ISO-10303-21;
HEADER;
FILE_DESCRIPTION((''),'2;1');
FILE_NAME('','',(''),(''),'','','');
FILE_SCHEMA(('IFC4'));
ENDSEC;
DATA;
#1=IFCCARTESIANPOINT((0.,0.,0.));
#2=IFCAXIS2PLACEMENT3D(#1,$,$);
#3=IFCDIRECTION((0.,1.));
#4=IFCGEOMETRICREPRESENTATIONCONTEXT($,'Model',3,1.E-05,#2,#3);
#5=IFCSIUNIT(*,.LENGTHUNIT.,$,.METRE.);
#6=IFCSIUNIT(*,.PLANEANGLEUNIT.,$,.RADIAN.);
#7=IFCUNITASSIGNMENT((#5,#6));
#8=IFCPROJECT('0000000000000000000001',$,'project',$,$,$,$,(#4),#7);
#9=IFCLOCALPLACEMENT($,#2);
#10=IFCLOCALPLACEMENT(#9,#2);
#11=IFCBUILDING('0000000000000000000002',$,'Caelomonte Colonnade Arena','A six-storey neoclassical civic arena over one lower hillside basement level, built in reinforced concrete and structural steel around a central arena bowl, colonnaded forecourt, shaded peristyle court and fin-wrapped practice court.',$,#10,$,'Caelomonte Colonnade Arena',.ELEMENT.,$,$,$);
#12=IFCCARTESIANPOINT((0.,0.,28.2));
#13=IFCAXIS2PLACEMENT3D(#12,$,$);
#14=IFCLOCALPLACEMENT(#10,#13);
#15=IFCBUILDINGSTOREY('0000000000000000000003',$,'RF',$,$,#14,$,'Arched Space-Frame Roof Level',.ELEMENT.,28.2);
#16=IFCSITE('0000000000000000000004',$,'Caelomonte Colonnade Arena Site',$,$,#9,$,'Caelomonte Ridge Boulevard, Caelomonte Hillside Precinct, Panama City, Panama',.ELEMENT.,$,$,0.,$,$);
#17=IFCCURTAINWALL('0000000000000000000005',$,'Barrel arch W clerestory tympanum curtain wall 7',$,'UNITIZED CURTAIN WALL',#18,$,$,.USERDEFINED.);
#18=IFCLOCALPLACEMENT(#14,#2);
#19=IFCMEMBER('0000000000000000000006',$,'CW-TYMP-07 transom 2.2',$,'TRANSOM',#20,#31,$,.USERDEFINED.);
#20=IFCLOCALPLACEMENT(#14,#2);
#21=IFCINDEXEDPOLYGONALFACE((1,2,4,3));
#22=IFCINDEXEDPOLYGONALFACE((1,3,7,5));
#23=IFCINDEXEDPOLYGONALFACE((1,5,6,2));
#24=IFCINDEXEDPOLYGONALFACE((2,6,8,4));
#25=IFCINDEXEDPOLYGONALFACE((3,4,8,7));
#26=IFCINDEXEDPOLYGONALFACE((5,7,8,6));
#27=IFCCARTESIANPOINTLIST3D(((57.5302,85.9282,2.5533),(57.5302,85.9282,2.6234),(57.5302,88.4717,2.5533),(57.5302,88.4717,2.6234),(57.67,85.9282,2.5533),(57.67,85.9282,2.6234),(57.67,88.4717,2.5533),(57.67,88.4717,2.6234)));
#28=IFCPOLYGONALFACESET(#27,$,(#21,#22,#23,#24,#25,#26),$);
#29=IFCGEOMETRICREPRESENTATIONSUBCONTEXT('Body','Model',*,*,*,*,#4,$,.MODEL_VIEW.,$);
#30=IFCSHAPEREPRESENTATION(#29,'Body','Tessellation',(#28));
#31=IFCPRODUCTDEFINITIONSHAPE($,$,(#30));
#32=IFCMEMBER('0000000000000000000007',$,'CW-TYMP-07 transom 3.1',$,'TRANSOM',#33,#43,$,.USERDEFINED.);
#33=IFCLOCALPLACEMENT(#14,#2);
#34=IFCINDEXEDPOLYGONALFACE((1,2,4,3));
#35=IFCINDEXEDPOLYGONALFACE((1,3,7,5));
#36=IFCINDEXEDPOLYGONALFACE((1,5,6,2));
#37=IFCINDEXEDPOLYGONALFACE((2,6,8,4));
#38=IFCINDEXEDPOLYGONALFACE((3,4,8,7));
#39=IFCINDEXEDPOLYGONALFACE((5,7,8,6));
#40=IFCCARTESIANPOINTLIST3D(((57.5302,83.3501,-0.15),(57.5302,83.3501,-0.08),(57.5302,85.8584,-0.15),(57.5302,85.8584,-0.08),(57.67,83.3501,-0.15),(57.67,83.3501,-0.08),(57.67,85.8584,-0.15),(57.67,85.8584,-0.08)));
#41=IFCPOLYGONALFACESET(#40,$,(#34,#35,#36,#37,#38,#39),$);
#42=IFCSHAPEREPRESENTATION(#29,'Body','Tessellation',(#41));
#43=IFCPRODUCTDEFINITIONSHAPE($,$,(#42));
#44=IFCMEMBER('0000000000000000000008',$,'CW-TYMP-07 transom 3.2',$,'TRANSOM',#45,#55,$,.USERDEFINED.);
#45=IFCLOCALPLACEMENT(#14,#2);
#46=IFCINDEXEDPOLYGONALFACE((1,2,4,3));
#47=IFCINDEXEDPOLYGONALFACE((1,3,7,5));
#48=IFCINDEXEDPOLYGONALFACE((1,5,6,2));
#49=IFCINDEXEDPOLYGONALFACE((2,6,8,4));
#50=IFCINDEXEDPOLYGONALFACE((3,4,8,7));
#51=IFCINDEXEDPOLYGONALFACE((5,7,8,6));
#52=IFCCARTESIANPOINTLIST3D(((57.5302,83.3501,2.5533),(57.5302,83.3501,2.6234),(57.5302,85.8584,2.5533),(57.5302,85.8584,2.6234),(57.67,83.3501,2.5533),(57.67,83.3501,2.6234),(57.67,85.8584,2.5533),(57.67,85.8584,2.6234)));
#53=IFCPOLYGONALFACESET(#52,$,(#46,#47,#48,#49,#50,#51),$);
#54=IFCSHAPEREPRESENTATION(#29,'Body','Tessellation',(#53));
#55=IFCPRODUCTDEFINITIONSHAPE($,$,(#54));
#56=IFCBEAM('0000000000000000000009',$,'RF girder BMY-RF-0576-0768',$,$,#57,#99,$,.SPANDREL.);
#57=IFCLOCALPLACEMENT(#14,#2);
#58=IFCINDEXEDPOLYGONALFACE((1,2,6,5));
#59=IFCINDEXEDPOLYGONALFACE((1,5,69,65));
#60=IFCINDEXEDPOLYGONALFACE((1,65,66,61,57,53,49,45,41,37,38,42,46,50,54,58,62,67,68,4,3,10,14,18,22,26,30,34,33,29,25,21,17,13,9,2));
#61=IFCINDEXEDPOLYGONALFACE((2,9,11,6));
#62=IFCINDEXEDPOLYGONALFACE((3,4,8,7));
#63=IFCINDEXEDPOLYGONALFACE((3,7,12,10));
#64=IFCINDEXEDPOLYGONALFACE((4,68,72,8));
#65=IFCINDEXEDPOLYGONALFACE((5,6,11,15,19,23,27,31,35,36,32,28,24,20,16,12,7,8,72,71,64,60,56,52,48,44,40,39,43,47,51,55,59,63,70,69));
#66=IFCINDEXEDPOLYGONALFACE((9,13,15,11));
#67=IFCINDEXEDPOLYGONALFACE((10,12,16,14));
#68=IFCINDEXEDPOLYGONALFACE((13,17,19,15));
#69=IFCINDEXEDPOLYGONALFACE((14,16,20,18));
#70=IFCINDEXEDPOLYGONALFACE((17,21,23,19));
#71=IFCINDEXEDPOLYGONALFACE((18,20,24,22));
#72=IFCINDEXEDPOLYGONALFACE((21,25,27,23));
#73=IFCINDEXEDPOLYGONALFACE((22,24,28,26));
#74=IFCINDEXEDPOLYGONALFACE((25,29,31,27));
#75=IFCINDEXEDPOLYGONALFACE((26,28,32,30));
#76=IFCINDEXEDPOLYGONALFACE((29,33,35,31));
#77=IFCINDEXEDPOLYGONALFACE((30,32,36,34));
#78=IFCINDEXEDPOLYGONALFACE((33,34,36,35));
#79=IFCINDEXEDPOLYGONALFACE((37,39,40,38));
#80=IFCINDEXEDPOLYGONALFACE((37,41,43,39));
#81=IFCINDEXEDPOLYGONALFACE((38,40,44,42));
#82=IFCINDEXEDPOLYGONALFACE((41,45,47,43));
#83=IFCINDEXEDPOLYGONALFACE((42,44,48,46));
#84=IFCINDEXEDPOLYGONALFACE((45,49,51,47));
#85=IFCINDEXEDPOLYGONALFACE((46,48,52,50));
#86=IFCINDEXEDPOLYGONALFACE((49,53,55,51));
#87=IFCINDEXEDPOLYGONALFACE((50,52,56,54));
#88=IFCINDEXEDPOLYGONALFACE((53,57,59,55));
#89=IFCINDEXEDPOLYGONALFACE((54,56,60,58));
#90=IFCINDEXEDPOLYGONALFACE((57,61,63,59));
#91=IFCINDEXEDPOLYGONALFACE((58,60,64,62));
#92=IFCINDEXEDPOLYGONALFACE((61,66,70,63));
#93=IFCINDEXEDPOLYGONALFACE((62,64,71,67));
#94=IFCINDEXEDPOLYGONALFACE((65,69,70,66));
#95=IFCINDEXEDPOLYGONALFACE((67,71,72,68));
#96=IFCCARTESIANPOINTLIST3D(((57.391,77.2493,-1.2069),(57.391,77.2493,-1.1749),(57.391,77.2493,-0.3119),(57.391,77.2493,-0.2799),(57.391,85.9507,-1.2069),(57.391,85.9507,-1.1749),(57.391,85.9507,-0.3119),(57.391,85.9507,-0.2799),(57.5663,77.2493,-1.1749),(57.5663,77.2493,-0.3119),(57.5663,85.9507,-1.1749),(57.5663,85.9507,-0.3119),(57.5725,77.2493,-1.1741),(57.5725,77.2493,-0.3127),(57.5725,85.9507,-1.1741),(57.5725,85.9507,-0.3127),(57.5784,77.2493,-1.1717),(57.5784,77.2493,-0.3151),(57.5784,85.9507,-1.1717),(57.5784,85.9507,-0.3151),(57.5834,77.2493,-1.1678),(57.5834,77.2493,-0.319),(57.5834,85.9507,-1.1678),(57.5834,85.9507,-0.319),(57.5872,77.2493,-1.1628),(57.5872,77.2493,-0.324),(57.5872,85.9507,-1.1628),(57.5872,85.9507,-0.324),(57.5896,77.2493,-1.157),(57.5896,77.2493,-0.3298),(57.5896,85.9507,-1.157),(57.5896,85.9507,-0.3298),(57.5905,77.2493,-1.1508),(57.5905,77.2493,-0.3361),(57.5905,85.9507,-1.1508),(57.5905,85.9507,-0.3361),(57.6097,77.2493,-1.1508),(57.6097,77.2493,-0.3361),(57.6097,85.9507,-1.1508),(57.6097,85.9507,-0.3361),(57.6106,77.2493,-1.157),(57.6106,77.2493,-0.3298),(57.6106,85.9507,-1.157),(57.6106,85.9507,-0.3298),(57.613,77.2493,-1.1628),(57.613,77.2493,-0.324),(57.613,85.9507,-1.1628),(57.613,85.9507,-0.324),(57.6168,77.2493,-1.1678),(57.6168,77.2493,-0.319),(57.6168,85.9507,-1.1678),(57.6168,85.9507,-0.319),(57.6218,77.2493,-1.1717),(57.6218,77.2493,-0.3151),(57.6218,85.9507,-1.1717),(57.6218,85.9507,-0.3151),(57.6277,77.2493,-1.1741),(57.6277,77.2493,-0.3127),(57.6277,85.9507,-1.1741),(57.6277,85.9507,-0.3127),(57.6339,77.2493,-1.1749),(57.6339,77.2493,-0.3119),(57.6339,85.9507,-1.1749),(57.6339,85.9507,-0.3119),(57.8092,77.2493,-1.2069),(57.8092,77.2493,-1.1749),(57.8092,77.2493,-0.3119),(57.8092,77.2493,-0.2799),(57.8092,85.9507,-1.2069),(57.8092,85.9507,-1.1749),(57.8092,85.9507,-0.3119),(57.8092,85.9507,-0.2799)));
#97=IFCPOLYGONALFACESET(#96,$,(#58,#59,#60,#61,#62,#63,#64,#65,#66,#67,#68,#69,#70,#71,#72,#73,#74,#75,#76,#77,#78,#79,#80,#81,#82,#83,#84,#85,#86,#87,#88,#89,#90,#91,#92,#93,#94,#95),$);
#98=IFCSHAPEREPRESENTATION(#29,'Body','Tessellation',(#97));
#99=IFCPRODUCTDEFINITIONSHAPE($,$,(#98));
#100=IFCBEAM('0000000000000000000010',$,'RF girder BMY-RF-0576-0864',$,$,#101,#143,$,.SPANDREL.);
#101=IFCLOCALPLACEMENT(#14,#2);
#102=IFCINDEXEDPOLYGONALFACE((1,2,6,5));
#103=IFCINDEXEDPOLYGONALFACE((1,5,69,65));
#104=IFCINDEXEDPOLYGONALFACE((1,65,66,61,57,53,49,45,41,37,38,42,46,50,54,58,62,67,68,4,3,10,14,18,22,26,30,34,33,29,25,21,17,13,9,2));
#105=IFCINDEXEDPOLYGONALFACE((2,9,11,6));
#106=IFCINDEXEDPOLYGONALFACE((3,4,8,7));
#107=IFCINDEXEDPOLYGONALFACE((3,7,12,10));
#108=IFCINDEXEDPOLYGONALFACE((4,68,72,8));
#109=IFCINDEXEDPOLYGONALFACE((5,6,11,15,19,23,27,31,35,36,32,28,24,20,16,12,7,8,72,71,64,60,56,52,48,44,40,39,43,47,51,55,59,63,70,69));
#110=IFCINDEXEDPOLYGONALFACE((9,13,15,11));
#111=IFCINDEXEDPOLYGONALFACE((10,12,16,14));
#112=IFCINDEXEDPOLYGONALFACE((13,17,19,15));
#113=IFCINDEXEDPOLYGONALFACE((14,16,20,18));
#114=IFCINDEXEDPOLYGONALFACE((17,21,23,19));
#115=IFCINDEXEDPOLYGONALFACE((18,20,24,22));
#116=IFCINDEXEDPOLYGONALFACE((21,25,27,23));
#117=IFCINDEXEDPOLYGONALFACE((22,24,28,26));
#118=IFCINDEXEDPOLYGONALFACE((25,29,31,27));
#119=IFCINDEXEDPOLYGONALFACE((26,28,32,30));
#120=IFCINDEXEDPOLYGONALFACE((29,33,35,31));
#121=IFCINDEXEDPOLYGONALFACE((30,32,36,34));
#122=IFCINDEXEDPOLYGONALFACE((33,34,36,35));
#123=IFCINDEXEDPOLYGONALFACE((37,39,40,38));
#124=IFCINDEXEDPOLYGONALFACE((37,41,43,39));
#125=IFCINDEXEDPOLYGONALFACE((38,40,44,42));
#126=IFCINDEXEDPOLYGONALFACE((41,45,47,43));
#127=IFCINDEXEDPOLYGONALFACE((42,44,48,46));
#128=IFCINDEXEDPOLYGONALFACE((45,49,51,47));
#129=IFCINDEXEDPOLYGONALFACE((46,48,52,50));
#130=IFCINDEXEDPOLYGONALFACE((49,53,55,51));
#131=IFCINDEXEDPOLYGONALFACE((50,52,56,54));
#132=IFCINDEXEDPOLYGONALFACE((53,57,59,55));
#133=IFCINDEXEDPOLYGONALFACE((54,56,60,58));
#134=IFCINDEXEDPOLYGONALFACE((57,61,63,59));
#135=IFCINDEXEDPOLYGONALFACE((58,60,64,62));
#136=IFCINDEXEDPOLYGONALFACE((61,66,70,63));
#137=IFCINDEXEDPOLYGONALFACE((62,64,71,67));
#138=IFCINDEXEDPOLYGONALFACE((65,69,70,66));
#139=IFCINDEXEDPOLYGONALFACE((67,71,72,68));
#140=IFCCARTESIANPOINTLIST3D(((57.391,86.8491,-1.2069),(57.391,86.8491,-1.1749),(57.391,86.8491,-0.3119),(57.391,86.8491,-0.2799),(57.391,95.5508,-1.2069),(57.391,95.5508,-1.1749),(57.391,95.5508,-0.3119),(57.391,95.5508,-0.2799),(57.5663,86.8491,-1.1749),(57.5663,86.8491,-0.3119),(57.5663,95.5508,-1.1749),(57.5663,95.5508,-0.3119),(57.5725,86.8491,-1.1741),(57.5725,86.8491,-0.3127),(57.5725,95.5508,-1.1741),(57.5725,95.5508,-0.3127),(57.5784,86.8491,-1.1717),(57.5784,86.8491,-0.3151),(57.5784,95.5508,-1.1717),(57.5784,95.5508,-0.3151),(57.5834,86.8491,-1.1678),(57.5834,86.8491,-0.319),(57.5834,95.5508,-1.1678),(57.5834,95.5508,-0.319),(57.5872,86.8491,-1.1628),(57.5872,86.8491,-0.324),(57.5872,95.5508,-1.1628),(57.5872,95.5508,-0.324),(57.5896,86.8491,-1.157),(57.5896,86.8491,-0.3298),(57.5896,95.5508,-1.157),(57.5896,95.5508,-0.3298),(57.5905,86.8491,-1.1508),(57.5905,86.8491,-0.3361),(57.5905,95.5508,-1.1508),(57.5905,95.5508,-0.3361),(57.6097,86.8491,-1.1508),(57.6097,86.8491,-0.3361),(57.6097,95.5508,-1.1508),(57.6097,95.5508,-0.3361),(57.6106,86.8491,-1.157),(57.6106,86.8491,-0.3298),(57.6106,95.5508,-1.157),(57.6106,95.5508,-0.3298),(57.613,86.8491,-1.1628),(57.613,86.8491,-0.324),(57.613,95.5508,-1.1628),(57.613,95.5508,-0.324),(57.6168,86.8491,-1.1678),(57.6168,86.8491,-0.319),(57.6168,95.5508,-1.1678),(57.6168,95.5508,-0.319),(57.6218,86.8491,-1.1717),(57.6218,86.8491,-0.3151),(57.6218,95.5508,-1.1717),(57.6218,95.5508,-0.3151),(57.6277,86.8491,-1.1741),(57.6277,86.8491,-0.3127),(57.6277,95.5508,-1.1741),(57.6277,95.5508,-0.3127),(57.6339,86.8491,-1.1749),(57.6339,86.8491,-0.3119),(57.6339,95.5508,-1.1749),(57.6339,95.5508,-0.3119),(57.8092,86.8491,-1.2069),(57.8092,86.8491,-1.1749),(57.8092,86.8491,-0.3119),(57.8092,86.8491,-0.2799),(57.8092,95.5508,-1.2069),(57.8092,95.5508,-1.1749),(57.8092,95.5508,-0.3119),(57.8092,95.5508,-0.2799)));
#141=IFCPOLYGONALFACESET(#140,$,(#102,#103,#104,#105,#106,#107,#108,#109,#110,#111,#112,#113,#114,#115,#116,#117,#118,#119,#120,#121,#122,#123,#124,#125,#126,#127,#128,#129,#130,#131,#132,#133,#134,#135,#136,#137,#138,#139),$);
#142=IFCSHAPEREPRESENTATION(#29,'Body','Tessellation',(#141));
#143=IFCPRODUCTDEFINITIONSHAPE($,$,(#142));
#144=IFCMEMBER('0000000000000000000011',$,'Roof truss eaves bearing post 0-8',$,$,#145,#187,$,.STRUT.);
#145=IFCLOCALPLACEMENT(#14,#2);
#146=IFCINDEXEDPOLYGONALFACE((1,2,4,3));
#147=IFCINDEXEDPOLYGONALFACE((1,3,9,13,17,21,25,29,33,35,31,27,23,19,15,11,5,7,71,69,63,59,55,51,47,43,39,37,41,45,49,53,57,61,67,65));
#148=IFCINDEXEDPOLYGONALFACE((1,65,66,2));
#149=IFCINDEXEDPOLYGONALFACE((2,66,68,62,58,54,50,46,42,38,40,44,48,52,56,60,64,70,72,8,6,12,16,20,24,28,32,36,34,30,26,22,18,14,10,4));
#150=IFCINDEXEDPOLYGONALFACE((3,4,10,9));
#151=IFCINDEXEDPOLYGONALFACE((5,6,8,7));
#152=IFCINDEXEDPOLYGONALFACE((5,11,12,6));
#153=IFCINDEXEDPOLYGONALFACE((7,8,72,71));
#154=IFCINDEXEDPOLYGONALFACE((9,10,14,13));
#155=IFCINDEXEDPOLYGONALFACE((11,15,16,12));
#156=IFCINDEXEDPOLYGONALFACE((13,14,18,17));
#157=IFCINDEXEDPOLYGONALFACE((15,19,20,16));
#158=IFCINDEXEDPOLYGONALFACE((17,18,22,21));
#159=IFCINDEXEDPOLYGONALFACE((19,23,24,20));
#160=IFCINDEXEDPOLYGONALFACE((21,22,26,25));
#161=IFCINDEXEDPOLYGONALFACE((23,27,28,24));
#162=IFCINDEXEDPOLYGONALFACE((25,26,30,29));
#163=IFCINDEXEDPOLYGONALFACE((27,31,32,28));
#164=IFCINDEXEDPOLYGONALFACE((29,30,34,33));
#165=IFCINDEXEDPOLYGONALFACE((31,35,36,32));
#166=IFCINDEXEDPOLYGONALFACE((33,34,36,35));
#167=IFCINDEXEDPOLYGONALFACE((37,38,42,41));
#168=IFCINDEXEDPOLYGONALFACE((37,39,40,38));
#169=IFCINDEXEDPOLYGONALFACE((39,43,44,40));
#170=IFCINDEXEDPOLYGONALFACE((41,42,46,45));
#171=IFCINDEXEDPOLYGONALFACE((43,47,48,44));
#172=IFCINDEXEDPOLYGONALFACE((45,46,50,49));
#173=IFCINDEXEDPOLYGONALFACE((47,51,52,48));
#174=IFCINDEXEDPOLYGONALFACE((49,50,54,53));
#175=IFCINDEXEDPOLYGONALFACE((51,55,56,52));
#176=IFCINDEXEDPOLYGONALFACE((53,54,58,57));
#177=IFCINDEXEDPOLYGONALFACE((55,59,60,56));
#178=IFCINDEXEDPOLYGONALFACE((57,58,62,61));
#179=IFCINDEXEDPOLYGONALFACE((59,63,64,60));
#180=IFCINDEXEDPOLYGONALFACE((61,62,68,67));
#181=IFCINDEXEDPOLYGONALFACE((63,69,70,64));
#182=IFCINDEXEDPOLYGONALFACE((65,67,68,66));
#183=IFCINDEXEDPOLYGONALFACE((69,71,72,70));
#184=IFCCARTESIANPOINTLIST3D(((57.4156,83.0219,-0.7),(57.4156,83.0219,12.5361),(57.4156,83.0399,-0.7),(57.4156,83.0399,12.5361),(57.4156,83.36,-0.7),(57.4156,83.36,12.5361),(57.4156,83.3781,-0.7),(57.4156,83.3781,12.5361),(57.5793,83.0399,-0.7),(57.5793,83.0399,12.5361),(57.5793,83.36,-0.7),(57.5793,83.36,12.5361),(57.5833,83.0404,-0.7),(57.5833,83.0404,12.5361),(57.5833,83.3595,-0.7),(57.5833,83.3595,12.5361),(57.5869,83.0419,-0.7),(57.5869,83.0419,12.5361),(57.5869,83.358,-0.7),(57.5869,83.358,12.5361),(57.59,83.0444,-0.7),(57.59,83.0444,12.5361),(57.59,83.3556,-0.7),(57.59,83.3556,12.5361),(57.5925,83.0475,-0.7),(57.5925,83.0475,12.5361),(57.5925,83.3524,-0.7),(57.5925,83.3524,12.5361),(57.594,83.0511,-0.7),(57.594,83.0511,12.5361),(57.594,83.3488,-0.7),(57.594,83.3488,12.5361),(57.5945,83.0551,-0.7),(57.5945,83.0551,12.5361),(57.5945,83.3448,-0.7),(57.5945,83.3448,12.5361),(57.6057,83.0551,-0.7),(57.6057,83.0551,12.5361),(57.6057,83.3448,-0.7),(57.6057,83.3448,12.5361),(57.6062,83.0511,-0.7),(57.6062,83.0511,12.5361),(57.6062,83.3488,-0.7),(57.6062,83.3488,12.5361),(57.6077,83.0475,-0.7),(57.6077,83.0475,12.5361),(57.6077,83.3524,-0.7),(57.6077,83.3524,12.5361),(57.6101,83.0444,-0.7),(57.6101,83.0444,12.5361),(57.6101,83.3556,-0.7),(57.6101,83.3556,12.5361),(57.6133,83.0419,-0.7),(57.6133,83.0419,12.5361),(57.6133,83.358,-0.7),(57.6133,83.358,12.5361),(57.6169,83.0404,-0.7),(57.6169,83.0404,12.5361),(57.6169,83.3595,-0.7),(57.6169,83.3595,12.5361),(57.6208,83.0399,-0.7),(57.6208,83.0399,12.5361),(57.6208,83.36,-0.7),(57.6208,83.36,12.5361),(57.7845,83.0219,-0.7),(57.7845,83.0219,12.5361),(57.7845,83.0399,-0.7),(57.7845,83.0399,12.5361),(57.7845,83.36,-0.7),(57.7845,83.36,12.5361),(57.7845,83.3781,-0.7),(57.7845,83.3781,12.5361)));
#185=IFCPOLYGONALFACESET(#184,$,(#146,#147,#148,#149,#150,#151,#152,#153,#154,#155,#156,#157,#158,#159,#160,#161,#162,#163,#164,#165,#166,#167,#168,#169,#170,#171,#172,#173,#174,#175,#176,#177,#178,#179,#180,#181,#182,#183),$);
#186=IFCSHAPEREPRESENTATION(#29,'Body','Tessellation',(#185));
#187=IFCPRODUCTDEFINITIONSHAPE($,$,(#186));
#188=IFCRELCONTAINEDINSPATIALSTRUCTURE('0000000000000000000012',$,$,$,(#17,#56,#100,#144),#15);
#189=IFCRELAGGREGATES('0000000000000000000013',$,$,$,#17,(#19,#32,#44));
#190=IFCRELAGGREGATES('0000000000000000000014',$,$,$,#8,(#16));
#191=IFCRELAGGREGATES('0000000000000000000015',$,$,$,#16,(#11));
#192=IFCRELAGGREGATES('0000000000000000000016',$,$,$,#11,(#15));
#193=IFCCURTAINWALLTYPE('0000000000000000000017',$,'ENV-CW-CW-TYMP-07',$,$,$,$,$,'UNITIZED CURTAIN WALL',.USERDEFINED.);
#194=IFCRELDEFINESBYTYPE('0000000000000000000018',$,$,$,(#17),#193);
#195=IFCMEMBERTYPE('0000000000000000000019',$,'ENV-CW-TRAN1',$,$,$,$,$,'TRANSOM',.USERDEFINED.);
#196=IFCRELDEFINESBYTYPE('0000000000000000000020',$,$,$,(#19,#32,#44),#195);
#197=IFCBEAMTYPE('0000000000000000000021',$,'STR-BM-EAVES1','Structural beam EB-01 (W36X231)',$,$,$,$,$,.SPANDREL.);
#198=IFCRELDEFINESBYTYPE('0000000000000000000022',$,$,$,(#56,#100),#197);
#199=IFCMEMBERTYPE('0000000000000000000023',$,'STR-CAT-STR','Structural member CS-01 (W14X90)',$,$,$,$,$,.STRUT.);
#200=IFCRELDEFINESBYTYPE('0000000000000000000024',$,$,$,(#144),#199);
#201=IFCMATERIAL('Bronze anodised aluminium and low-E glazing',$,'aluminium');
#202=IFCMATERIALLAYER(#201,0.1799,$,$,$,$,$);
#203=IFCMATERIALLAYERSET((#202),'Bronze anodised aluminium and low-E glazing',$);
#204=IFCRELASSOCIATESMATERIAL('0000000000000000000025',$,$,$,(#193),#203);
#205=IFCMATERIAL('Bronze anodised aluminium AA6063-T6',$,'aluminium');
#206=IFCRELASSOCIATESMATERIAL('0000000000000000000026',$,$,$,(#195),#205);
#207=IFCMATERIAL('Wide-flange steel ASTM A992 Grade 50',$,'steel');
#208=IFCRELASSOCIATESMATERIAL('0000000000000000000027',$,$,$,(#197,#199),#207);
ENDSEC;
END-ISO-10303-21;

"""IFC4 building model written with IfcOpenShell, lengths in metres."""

from ifc_helpers import new_model, si_unit, direction, frame, origin, origin_2d, place, context, subcontext, project, spatial, rectangle, i_section, extrude, material, layer, layer_set, material_profile, profile_set, type_object, element, aggregate, save


model = new_model("IFC4")

# Units and contexts
model_context = context("Model", 3, precision=1e-05, world=origin(), true_north=direction((0.0, 1.0)))
body_context = subcontext(model_context, "Body", "Model", "MODEL_VIEW")
ifc_project = project(units=[si_unit("LENGTHUNIT", "METRE"), si_unit("PLANEANGLEUNIT", "RADIAN")], contexts=[model_context])

# Site, building, storey
site_placement = place(None, origin())
site = spatial("IfcSite", under=ifc_project, at=site_placement, Name="Caelomonte Colonnade Arena Site", LongName="Caelomonte Ridge Boulevard, Caelomonte Hillside Precinct, Panama City, Panama", CompositionType="ELEMENT", RefElevation=0.0)
building_placement = place(site_placement, origin())
building = spatial("IfcBuilding", under=site, at=building_placement, Name="Caelomonte Colonnade Arena", Description="A six-storey neoclassical civic arena over one lower hillside basement level, built in reinforced concrete and structural steel around a central arena bowl, colonnaded forecourt, shaded peristyle court and fin-wrapped practice court.", LongName="Caelomonte Colonnade Arena", CompositionType="ELEMENT")
storey_placement = place(building_placement, frame((0.0, 0.0, 28.2)))
storey = spatial("IfcBuildingStorey", under=building, at=storey_placement, Name="RF", LongName="Arched Space-Frame Roof Level", CompositionType="ELEMENT", Elevation=28.2)

# Curtain wall
ifc_material_1 = material(Name="Bronze anodised aluminium and low-E glazing", Category="aluminium")
ifc_material_2 = material(Name="Bronze anodised aluminium AA6063-T6", Category="aluminium")
ifc_layer_1 = layer(ifc_material_1, 0.1799)
ifc_layer_set_1 = layer_set([ifc_layer_1], Name="Bronze anodised aluminium and low-E glazing")
curtain_wall_type_1 = type_object("IfcCurtainWallType", Name="ENV-CW-CW-TYMP-07", ElementType="UNITIZED CURTAIN WALL", PredefinedType="USERDEFINED", material=ifc_layer_set_1)
curtain_wall_1_placement = place(storey_placement, origin())
curtain_wall_1 = element("IfcCurtainWall", 1, at=curtain_wall_1_placement, inside=storey, type_object=curtain_wall_type_1, Name="Barrel arch W clerestory tympanum curtain wall 7", ObjectType="UNITIZED CURTAIN WALL", PredefinedType="USERDEFINED")

# Members
ifc_material_profile_1 = material_profile(ifc_material_2, rectangle(XDim=0.0701, YDim=0.1399, at=origin_2d()), Name="CWT-70X140")
ifc_profile_set_1 = profile_set([ifc_material_profile_1], Name="Bronze anodised aluminium AA6063-T6")
member_type_1 = type_object("IfcMemberType", Name="ENV-CW-TRAN1", ElementType="TRANSOM", PredefinedType="USERDEFINED", material=ifc_profile_set_1)
member_1_placement = place(storey_placement, frame((57.6001, 88.4717, 2.5884), z_axis=(0.0, -1.0, 0.0), x_axis=(0.0, 0.0, 1.0)))
member_1 = element("IfcMember", 2, at=member_1_placement, type_object=member_type_1, Name="CW-TYMP-07 transom 2.2", ObjectType="TRANSOM", PredefinedType="USERDEFINED", context=body_context, shape_type="SweptSolid", body=[
    extrude(rectangle(XDim=0.0701, YDim=0.1399, at=origin_2d()), origin(), (0.0, 0.0, 1.0), 2.5435),
])
member_2_placement = place(storey_placement, frame((57.6001, 85.8584, -0.115), z_axis=(0.0, -1.0, 0.0), x_axis=(0.0, 0.0, 1.0)))
member_2 = element("IfcMember", 3, at=member_2_placement, type_object=member_type_1, Name="CW-TYMP-07 transom 3.1", ObjectType="TRANSOM", PredefinedType="USERDEFINED", context=body_context, shape_type="SweptSolid", body=[
    extrude(rectangle(XDim=0.0701, YDim=0.1399, at=origin_2d()), origin(), (0.0, 0.0, 1.0), 2.5083),
])
member_3_placement = place(storey_placement, frame((57.6001, 85.8584, 2.5884), z_axis=(0.0, -1.0, 0.0), x_axis=(0.0, 0.0, 1.0)))
member_3 = element("IfcMember", 4, at=member_3_placement, type_object=member_type_1, Name="CW-TYMP-07 transom 3.2", ObjectType="TRANSOM", PredefinedType="USERDEFINED", context=body_context, shape_type="SweptSolid", body=[
    extrude(rectangle(XDim=0.0701, YDim=0.1399, at=origin_2d()), origin(), (0.0, 0.0, 1.0), 2.5083),
])

# Beams
ifc_material_3 = material(Name="Wide-flange steel ASTM A992 Grade 50", Category="steel")
ifc_material_profile_2 = material_profile(ifc_material_3, i_section(OverallWidth=0.4182, OverallDepth=0.927, WebThickness=0.0193, FlangeThickness=0.032, FilletRadius=0.0242, at=origin_2d()), Name="W36X231")
ifc_profile_set_2 = profile_set([ifc_material_profile_2], Name="Wide-flange steel ASTM A992 Grade 50")
beam_type = type_object("IfcBeamType", Name="STR-BM-EAVES1", Description="Structural beam EB-01 (W36X231)", PredefinedType="SPANDREL", material=ifc_profile_set_2)
beam_1_placement = place(storey_placement, frame((57.6001, 77.2493, -0.7434), z_axis=(0.0, 1.0, 0.0), x_axis=(-1.0, 0.0, 0.0)))
element("IfcBeam", 5, at=beam_1_placement, inside=storey, type_object=beam_type, Name="RF girder BMY-RF-0576-0768", PredefinedType="SPANDREL", context=body_context, shape_type="SweptSolid", body=[
    extrude(i_section(OverallWidth=0.4182, OverallDepth=0.927, WebThickness=0.0193, FlangeThickness=0.032, FilletRadius=0.0242, at=origin_2d()), origin(), (0.0, 0.0, 1.0), 8.7014),
])
beam_2_placement = place(storey_placement, frame((57.6001, 86.8491, -0.7434), z_axis=(0.0, 1.0, 0.0), x_axis=(-1.0, 0.0, 0.0)))
element("IfcBeam", 6, at=beam_2_placement, inside=storey, type_object=beam_type, Name="RF girder BMY-RF-0576-0864", PredefinedType="SPANDREL", context=body_context, shape_type="SweptSolid", body=[
    extrude(i_section(OverallWidth=0.4182, OverallDepth=0.927, WebThickness=0.0193, FlangeThickness=0.032, FilletRadius=0.0242, at=origin_2d()), origin(), (0.0, 0.0, 1.0), 8.7017),
])

# Member
ifc_material_profile_3 = material_profile(ifc_material_3, i_section(OverallWidth=0.3689, OverallDepth=0.3562, WebThickness=0.0112, FlangeThickness=0.0181, FilletRadius=0.0151, at=origin_2d()), Name="W14X90")
ifc_profile_set_3 = profile_set([ifc_material_profile_3], Name="Wide-flange steel ASTM A992 Grade 50")
member_type_2 = type_object("IfcMemberType", Name="STR-CAT-STR", Description="Structural member CS-01 (W14X90)", PredefinedType="STRUT", material=ifc_profile_set_3)
member_4_placement = place(storey_placement, frame((57.6001, 83.2, -0.7), z_axis=(0.0, 0.0, 1.0), x_axis=(1.0, 0.0, 0.0)))
element("IfcMember", 7, at=member_4_placement, inside=storey, type_object=member_type_2, Name="Roof truss eaves bearing post 0-8", PredefinedType="STRUT", context=body_context, shape_type="SweptSolid", body=[
    extrude(i_section(OverallWidth=0.3689, OverallDepth=0.3562, WebThickness=0.0112, FlangeThickness=0.0181, FilletRadius=0.0151, at=origin_2d()), origin(), (0.0, 0.0, 1.0), 13.2361),
])

aggregate(curtain_wall_1, [member_1, member_2, member_3])

save(model, "model.ifc")
